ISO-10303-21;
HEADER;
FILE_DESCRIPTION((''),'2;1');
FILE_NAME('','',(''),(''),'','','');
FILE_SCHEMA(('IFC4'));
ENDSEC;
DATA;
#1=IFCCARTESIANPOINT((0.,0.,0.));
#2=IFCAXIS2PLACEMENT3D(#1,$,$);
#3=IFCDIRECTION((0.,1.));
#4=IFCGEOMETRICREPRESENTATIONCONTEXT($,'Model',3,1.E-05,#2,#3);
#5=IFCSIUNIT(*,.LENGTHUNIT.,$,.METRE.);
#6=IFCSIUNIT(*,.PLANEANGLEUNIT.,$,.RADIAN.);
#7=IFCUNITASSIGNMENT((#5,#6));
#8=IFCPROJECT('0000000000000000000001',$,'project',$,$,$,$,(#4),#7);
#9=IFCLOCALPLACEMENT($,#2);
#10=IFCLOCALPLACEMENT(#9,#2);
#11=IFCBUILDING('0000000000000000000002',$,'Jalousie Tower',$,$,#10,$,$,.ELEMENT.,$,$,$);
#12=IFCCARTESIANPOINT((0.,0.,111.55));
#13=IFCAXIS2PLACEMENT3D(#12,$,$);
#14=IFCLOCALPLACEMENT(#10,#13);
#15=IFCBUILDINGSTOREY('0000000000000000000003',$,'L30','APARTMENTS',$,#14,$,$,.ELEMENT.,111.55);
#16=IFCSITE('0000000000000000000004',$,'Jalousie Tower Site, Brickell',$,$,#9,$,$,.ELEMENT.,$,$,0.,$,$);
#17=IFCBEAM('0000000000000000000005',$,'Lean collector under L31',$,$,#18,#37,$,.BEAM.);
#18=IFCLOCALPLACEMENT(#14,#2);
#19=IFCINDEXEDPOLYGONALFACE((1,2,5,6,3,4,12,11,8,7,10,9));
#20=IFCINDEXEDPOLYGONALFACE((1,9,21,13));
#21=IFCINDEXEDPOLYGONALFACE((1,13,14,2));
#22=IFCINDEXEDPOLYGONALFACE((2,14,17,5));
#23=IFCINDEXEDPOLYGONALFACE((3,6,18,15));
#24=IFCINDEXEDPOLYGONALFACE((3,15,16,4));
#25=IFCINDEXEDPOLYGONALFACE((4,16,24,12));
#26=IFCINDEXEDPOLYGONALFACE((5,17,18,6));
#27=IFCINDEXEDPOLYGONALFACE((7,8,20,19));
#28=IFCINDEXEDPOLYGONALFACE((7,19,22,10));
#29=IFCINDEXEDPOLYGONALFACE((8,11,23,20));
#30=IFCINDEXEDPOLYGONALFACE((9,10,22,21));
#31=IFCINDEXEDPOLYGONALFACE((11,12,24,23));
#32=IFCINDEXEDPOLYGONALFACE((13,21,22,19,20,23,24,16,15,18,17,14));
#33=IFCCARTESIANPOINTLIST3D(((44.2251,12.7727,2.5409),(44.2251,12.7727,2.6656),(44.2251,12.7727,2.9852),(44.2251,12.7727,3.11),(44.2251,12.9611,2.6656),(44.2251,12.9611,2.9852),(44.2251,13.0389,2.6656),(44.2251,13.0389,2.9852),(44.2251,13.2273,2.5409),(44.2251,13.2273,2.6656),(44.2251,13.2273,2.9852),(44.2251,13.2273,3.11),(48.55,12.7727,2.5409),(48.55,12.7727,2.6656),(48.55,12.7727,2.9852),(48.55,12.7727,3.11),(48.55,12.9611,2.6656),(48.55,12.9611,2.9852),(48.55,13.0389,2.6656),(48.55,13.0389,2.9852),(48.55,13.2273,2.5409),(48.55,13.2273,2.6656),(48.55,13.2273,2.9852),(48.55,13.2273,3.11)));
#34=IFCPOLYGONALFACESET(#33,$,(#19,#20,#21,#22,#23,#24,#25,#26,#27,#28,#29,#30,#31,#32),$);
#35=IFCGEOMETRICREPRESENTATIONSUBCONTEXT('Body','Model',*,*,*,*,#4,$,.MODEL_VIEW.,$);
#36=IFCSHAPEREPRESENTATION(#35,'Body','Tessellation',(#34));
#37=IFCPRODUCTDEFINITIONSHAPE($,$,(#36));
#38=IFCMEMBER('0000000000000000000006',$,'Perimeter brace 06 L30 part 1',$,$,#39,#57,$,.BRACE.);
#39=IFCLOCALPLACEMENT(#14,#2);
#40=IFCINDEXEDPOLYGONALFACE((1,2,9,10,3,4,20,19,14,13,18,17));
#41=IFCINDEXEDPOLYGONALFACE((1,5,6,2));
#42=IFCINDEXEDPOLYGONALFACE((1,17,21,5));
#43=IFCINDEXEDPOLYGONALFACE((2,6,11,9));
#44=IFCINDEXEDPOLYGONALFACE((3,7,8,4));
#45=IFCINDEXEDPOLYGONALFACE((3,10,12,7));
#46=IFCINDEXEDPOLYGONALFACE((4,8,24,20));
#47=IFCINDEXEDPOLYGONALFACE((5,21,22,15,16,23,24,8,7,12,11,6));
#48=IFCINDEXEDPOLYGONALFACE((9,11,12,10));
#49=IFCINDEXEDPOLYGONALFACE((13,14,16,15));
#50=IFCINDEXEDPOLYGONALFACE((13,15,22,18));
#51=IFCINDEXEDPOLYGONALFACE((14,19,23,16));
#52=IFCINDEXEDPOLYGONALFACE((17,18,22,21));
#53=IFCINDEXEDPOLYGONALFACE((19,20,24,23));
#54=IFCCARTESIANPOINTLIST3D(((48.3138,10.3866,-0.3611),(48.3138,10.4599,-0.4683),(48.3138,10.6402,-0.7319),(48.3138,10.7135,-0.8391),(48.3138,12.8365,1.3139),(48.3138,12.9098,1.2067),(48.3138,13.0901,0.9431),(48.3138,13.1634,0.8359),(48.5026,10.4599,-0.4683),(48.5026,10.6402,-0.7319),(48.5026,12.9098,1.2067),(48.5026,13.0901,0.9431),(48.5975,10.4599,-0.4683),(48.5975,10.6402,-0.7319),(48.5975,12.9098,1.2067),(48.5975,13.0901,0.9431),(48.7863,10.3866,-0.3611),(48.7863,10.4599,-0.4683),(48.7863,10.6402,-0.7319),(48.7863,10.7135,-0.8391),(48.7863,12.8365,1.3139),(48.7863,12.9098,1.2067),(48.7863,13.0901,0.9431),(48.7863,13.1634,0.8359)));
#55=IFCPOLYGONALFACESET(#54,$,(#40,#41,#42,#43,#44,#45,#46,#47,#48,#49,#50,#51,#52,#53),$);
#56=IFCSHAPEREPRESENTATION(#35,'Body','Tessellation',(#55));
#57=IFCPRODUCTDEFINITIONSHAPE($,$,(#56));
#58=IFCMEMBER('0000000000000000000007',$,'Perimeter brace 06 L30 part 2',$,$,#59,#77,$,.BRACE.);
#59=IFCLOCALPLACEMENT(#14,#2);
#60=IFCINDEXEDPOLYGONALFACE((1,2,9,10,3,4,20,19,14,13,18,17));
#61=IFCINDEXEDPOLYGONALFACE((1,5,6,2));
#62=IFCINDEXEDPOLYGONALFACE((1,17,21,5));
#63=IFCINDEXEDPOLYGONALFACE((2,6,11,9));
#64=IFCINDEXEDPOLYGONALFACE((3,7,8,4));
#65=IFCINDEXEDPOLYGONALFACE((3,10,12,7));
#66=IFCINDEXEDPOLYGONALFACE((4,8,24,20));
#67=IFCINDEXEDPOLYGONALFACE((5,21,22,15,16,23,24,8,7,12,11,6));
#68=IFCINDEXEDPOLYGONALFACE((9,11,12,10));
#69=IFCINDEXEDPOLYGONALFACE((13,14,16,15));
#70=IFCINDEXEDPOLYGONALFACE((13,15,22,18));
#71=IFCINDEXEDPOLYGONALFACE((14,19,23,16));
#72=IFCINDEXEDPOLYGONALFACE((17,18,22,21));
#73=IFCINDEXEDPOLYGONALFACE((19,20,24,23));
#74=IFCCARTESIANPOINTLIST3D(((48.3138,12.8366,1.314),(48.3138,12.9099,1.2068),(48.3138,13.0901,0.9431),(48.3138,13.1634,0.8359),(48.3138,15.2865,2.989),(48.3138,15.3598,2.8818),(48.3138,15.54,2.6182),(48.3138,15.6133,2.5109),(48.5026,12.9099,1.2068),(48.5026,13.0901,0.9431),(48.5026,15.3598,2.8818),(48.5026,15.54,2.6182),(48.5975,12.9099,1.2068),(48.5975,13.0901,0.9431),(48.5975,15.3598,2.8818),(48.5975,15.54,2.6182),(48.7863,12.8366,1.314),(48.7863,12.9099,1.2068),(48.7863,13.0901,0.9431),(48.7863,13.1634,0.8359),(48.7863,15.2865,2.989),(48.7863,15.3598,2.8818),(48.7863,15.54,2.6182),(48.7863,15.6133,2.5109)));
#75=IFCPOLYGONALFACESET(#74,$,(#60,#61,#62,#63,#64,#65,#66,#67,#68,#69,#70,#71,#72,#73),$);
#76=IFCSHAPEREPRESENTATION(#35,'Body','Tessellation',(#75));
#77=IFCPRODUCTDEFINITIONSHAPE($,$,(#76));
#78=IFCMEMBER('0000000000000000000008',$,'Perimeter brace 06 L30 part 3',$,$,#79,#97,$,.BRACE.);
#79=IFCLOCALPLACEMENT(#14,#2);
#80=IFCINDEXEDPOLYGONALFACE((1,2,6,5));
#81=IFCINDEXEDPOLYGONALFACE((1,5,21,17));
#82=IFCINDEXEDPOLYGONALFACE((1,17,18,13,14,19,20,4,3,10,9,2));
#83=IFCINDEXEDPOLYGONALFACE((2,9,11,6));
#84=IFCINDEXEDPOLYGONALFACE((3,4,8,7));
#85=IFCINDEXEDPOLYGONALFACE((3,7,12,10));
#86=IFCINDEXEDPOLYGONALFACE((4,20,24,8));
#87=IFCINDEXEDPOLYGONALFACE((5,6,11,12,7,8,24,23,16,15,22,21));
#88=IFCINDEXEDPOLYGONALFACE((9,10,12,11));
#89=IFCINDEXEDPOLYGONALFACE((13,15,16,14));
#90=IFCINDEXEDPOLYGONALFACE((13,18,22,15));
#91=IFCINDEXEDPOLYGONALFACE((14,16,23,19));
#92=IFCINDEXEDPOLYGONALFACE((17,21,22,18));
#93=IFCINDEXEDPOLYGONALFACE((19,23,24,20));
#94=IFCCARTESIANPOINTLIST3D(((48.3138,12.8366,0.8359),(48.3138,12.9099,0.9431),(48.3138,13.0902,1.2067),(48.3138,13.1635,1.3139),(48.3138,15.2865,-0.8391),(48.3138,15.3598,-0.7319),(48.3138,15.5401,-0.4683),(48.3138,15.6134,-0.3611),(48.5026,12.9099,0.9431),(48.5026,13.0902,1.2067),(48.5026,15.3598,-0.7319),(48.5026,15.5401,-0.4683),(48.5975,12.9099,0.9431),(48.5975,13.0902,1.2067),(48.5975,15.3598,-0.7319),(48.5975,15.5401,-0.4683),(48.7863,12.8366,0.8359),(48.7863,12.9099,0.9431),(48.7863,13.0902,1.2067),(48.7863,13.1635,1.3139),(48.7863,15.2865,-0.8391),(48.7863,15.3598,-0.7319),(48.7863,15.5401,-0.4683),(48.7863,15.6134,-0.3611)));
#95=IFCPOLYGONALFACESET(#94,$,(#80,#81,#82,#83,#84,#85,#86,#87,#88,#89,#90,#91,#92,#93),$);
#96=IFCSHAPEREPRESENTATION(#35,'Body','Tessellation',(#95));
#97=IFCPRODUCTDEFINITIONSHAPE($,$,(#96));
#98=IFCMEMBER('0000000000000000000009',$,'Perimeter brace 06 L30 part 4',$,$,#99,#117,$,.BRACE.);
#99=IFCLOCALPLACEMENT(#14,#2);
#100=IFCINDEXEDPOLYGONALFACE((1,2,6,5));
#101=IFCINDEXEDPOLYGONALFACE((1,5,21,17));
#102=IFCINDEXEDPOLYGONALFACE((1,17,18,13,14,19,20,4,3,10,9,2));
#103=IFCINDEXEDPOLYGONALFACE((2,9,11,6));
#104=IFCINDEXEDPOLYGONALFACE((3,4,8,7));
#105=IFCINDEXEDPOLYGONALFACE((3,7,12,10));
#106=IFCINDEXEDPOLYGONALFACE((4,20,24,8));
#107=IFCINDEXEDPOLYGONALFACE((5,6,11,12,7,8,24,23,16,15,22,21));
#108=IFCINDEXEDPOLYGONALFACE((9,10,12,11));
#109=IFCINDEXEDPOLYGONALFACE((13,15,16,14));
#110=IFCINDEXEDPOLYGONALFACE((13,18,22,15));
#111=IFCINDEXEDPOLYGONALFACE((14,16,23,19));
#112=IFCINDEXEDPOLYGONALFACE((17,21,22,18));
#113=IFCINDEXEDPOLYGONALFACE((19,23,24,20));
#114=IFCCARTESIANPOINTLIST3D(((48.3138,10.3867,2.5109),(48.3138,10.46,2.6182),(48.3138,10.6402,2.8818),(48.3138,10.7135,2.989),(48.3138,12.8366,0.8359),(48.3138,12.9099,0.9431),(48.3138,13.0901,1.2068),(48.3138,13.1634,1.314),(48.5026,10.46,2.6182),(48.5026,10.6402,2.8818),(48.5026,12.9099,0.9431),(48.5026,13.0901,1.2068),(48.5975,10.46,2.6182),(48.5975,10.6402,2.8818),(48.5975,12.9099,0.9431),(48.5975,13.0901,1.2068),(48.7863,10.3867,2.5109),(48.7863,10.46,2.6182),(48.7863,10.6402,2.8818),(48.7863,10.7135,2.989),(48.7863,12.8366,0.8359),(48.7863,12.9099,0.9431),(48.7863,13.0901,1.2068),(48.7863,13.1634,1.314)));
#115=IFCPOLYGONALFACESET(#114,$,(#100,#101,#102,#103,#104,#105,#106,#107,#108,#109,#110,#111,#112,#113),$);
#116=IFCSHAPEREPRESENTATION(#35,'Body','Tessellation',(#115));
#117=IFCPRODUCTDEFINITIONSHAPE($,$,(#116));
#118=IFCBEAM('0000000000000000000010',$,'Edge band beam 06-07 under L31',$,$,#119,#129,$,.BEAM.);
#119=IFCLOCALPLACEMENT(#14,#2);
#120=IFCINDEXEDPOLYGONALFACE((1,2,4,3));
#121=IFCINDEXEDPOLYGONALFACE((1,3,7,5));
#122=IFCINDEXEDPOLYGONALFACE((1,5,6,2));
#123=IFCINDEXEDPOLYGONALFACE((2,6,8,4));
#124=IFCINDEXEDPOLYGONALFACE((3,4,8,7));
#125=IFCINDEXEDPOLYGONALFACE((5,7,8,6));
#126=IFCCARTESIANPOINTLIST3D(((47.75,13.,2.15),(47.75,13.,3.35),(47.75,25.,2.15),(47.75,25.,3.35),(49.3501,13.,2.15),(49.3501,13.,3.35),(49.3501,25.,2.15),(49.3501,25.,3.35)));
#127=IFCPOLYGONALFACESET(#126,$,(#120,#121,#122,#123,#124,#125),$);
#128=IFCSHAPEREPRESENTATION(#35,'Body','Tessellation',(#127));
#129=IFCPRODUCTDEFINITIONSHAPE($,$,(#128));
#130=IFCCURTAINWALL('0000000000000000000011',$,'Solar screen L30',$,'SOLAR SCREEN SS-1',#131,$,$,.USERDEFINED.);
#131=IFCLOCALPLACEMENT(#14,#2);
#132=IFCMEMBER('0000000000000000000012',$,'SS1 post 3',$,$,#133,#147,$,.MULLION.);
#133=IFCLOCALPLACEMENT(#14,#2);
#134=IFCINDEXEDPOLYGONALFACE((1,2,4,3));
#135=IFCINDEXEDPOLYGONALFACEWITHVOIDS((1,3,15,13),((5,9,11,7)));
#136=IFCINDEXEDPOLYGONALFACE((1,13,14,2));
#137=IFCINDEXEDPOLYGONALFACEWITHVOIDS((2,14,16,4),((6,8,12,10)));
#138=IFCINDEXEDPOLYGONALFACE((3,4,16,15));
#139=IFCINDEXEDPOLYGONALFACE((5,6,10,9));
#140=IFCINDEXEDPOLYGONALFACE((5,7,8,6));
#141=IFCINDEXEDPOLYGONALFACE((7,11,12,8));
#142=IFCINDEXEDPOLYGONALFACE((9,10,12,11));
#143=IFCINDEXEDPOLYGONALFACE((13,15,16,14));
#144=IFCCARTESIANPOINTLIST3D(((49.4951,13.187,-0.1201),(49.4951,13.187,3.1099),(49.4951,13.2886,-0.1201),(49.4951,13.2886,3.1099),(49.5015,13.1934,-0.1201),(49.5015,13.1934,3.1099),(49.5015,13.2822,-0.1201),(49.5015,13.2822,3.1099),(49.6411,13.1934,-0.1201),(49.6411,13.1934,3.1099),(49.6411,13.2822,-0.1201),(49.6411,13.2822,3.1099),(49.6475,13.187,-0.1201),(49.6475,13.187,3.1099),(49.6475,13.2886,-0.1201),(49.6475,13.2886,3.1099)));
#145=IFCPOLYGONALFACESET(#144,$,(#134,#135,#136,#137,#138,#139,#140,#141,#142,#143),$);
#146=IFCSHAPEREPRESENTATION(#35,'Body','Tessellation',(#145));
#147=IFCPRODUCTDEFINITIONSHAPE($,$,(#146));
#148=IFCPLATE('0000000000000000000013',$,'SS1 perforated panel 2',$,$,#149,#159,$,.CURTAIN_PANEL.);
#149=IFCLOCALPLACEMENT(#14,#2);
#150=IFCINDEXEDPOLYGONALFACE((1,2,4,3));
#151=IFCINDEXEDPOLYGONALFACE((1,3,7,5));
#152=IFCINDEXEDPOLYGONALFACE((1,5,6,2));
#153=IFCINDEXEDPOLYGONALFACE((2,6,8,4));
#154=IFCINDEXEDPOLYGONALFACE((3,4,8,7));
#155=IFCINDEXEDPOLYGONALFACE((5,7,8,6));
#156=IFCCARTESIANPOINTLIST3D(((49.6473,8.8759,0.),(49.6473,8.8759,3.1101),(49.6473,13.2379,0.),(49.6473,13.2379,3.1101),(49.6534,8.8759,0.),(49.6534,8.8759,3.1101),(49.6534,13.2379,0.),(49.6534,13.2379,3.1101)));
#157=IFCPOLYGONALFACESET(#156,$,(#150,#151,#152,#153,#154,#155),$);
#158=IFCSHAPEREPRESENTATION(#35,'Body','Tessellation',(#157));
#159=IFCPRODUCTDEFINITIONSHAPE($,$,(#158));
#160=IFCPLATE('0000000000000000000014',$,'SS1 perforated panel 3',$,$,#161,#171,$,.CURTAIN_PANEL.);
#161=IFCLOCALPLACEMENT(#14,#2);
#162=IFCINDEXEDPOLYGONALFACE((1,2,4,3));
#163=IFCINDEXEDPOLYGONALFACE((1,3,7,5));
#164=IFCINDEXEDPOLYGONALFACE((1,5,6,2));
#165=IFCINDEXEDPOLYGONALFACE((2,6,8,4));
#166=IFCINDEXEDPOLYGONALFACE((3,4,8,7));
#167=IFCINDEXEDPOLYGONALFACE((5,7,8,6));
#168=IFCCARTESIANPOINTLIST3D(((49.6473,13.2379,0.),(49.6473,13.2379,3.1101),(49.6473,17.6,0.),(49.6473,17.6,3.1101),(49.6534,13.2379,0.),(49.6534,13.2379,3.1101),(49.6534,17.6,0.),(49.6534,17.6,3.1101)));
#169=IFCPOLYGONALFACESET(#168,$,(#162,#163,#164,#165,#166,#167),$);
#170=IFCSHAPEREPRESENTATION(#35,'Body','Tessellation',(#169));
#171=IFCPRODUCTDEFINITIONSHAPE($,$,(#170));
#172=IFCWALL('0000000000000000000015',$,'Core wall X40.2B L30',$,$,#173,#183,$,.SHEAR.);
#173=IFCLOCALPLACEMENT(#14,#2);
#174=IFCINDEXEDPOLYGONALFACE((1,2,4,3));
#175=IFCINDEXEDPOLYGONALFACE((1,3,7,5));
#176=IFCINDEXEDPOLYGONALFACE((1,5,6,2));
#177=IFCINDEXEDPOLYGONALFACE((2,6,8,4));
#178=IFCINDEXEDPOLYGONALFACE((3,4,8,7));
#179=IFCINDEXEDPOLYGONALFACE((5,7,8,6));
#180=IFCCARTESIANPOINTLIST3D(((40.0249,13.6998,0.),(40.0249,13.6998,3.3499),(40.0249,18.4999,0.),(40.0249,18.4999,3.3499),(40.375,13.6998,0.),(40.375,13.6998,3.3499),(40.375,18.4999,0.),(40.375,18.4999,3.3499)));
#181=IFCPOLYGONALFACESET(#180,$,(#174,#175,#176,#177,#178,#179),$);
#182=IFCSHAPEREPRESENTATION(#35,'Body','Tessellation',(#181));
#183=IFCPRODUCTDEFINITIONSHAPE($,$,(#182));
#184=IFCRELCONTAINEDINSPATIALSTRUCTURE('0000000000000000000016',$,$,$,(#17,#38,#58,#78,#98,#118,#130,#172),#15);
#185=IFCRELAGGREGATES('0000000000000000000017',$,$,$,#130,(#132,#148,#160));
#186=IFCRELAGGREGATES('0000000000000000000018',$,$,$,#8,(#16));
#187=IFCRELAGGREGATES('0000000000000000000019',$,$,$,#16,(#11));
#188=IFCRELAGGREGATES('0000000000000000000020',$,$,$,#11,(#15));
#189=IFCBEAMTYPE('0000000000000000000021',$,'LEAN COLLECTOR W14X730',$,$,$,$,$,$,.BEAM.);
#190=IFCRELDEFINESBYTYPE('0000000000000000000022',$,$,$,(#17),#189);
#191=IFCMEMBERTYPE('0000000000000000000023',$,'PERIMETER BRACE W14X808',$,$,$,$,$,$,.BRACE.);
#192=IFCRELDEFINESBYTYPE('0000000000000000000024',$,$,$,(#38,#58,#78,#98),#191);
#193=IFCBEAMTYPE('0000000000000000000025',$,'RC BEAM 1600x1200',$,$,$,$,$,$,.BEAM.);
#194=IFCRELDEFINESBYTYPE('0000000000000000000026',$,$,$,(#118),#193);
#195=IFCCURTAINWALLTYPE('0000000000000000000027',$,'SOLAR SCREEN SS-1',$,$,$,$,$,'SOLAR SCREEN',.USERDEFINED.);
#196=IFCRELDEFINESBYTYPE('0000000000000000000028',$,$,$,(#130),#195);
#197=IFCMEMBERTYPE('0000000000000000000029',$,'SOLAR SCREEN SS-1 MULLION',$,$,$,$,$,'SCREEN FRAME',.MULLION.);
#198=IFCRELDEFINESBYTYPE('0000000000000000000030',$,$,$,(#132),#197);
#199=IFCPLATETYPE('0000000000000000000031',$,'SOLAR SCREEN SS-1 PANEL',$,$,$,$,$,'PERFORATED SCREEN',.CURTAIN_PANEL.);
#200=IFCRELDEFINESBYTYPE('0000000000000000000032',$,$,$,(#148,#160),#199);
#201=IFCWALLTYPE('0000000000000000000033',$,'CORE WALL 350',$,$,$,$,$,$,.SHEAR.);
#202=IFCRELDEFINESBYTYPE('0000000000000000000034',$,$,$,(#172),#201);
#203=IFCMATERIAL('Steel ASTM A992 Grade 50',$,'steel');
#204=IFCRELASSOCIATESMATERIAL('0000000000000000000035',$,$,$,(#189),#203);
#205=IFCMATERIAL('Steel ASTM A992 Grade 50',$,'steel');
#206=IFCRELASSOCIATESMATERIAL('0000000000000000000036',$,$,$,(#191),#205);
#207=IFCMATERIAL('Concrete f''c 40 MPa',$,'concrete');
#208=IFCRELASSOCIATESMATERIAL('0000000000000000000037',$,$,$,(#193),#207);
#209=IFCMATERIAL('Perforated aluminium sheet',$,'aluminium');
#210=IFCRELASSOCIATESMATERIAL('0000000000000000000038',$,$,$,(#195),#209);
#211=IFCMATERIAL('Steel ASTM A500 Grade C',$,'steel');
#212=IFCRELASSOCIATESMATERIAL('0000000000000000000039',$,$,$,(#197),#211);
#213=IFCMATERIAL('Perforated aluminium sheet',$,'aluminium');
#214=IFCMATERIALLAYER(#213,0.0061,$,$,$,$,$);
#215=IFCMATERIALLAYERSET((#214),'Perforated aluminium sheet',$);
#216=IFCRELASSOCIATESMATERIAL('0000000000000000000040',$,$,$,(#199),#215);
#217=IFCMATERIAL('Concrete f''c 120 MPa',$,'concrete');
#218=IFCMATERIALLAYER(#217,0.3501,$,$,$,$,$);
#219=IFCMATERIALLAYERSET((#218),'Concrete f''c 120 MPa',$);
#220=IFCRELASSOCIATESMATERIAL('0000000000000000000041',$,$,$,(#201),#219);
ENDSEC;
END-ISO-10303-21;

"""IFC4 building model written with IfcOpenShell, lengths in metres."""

from ifc_helpers import new_model, si_unit, direction, frame, frame_2d, origin, origin_2d, place, context, subcontext, project, spatial, rectangle, hollow_rectangle, i_section, extrude, material, layer, layer_set, material_profile, profile_set, type_object, element, aggregate, save


model = new_model("IFC4")

# Units and contexts
model_context = context("Model", 3, precision=1e-05, world=origin(), true_north=direction((0.0, 1.0)))
body_context = subcontext(model_context, "Body", "Model", "MODEL_VIEW")
ifc_project = project(units=[si_unit("LENGTHUNIT", "METRE"), si_unit("PLANEANGLEUNIT", "RADIAN")], contexts=[model_context])

# Site, building, storey
site_placement = place(None, origin())
site = spatial("IfcSite", under=ifc_project, at=site_placement, Name="Jalousie Tower Site, Brickell", CompositionType="ELEMENT", RefElevation=0.0)
building_placement = place(site_placement, origin())
building = spatial("IfcBuilding", under=site, at=building_placement, Name="Jalousie Tower", CompositionType="ELEMENT")
storey_placement = place(building_placement, frame((0.0, 0.0, 111.55)))
storey = spatial("IfcBuildingStorey", under=building, at=storey_placement, Name="L30", Description="APARTMENTS", CompositionType="ELEMENT", Elevation=111.55)

# Beam
ifc_material_1 = material(Name="Steel ASTM A992 Grade 50", Category="steel")
ifc_material_profile_1 = material_profile(ifc_material_1, i_section(OverallWidth=0.4546, OverallDepth=0.5691, WebThickness=0.0779, FlangeThickness=0.1248, at=origin_2d()), Name="W14X730")
ifc_profile_set_1 = profile_set([ifc_material_profile_1], Name="Steel ASTM A992 Grade 50")
beam_type_1 = type_object("IfcBeamType", Name="LEAN COLLECTOR W14X730", PredefinedType="BEAM", material=ifc_profile_set_1)
beam_1_placement = place(storey_placement, frame((48.55, 13.0, 2.8254), z_axis=(-1.0, 0.0, 0.0), x_axis=(0.0, -1.0, 0.0)))
element("IfcBeam", 1, at=beam_1_placement, inside=storey, type_object=beam_type_1, Name="Lean collector under L31", PredefinedType="BEAM", context=body_context, shape_type="SweptSolid", body=[
    extrude(i_section(OverallWidth=0.4546, OverallDepth=0.5691, WebThickness=0.0779, FlangeThickness=0.1248, at=origin_2d()), origin(), (0.0, 0.0, 1.0), 4.325),
])

# Members
ifc_material_2 = material(Name="Steel ASTM A992 Grade 50", Category="steel")
ifc_material_profile_2 = material_profile(ifc_material_2, i_section(OverallWidth=0.4724, OverallDepth=0.5791, WebThickness=0.095, FlangeThickness=0.1299, at=origin_2d()), Name="W14X808")
ifc_profile_set_2 = profile_set([ifc_material_profile_2], Name="Steel ASTM A992 Grade 50")
member_type_1 = type_object("IfcMemberType", Name="PERIMETER BRACE W14X808", PredefinedType="BRACE", material=ifc_profile_set_2)
for number, where, z_axis, x_axis, name in (
    (2, (48.55, 10.55, -0.6001), (0.0, 0.825501, 0.564401), (-1.0, 0.0, 0.0), "Perimeter brace 06 L30 part 1"),
    (3, (48.55, 13.0, 1.075), (0.0, 0.825501, 0.564401), (-1.0, 0.0, 0.0), "Perimeter brace 06 L30 part 2"),
    (4, (48.55, 15.45, -0.6001), (0.0, -0.825501, 0.564401), (1.0, 0.0, 0.0), "Perimeter brace 06 L30 part 3"),
    (5, (48.55, 13.0, 1.075), (0.0, -0.825501, 0.564401), (1.0, 0.0, 0.0), "Perimeter brace 06 L30 part 4"),
):
    element("IfcMember", number, at=place(storey_placement, frame(where, z_axis=z_axis, x_axis=x_axis)), inside=storey, type_object=member_type_1, Name=name, PredefinedType="BRACE", context=body_context, shape_type="SweptSolid", body=[
        extrude(i_section(OverallWidth=0.4724, OverallDepth=0.5791, WebThickness=0.095, FlangeThickness=0.1299, at=origin_2d()), origin(), (0.0, 0.0, 1.0), 2.9678),
    ])

# Beam
ifc_material_3 = material(Name="Concrete f'c 40 MPa", Category="concrete")
ifc_material_profile_3 = material_profile(ifc_material_3, rectangle(XDim=1.6001, YDim=1.2, at=origin_2d()), Name="RC 1600x1200")
ifc_profile_set_3 = profile_set([ifc_material_profile_3], Name="Concrete f'c 40 MPa")
beam_type_2 = type_object("IfcBeamType", Name="RC BEAM 1600x1200", PredefinedType="BEAM", material=ifc_profile_set_3)
beam_2_placement = place(storey_placement, frame((48.55, 13.0, 2.75), z_axis=(0.0, 1.0, 0.0), x_axis=(-1.0, 0.0, 0.0)))
element("IfcBeam", 6, at=beam_2_placement, inside=storey, type_object=beam_type_2, Name="Edge band beam 06-07 under L31", PredefinedType="BEAM", context=body_context, shape_type="SweptSolid", body=[
    extrude(rectangle(XDim=1.6001, YDim=1.2, at=origin_2d()), origin(), (0.0, 0.0, 1.0), 12.0),
])

# Curtain wall, member, plates
ifc_material_4 = material(Name="Perforated aluminium sheet", Category="aluminium")
curtain_wall_type = type_object("IfcCurtainWallType", Name="SOLAR SCREEN SS-1", ElementType="SOLAR SCREEN", PredefinedType="USERDEFINED", material=ifc_material_4)
curtain_wall_placement = place(storey_placement, origin())
curtain_wall = element("IfcCurtainWall", 7, at=curtain_wall_placement, inside=storey, type_object=curtain_wall_type, Name="Solar screen L30", ObjectType="SOLAR SCREEN SS-1", PredefinedType="USERDEFINED")
ifc_material_5 = material(Name="Steel ASTM A500 Grade C", Category="steel")
ifc_material_profile_4 = material_profile(ifc_material_5, hollow_rectangle(XDim=0.1016, YDim=0.1523, WallThickness=0.0063, at=origin_2d()), Name="HSS6X4X1/4")
ifc_profile_set_4 = profile_set([ifc_material_profile_4], Name="Steel ASTM A500 Grade C")
member_type_2 = type_object("IfcMemberType", Name="SOLAR SCREEN SS-1 MULLION", ElementType="SCREEN FRAME", PredefinedType="MULLION", material=ifc_profile_set_4)
member_placement = place(storey_placement, frame((49.5713, 13.2378, -0.1201), z_axis=(0.0, 0.0, 1.0), x_axis=(0.0, 1.0, 0.0)))
member = element("IfcMember", 8, at=member_placement, type_object=member_type_2, Name="SS1 post 3", PredefinedType="MULLION", context=body_context, shape_type="SweptSolid", body=[
    extrude(hollow_rectangle(XDim=0.1016, YDim=0.1523, WallThickness=0.0063, at=origin_2d()), origin(), (0.0, 0.0, 1.0), 3.23),
])
ifc_material_6 = material(Name="Perforated aluminium sheet", Category="aluminium")
ifc_layer_1 = layer(ifc_material_6, 0.0061)
ifc_layer_set_1 = layer_set([ifc_layer_1], Name="Perforated aluminium sheet")
plate_type = type_object("IfcPlateType", Name="SOLAR SCREEN SS-1 PANEL", ElementType="PERFORATED SCREEN", PredefinedType="CURTAIN_PANEL", material=ifc_layer_set_1)
plate_1_placement = place(storey_placement, frame((49.6504, 11.0569, 0.0), z_axis=(0.0, 0.0, 1.0), x_axis=(0.0, 1.0, 0.0)))
plate_1 = element("IfcPlate", 9, at=plate_1_placement, type_object=plate_type, Name="SS1 perforated panel 2", PredefinedType="CURTAIN_PANEL", context=body_context, shape_type="SweptSolid", body=[
    extrude(rectangle(XDim=4.3621, YDim=0.0061, at=origin_2d()), origin(), (0.0, 0.0, 1.0), 3.1101),
])
plate_2_placement = place(storey_placement, frame((49.6504, 15.4189, 0.0), z_axis=(0.0, 0.0, 1.0), x_axis=(0.0, 1.0, 0.0)))
plate_2 = element("IfcPlate", 10, at=plate_2_placement, type_object=plate_type, Name="SS1 perforated panel 3", PredefinedType="CURTAIN_PANEL", context=body_context, shape_type="SweptSolid", body=[
    extrude(rectangle(XDim=4.3621, YDim=0.0061, at=origin_2d()), origin(), (0.0, 0.0, 1.0), 3.1101),
])
aggregate(curtain_wall, [member, plate_1, plate_2])

# Wall
ifc_material_7 = material(Name="Concrete f'c 120 MPa", Category="concrete")
ifc_layer_2 = layer(ifc_material_7, 0.3501)
ifc_layer_set_2 = layer_set([ifc_layer_2], Name="Concrete f'c 120 MPa")
wall_type_1 = type_object("IfcWallType", Name="CORE WALL 350", PredefinedType="SHEAR", material=ifc_layer_set_2)
wall_1_placement = place(storey_placement, frame((40.2, 13.7, 0.0), z_axis=(0.0, 0.0, 1.0), x_axis=(0.0, 1.0, 0.0)))
element("IfcWall", 11, at=wall_1_placement, inside=storey, type_object=wall_type_1, Name="Core wall X40.2B L30", PredefinedType="SHEAR", context=body_context, shape_type="SweptSolid", body=[
    extrude(rectangle(XDim=4.8, YDim=0.3501, at=frame_2d((2.3999, 0.0))), origin(), (0.0, 0.0, 1.0), 3.3499),
])

save(model, "model.ifc")
